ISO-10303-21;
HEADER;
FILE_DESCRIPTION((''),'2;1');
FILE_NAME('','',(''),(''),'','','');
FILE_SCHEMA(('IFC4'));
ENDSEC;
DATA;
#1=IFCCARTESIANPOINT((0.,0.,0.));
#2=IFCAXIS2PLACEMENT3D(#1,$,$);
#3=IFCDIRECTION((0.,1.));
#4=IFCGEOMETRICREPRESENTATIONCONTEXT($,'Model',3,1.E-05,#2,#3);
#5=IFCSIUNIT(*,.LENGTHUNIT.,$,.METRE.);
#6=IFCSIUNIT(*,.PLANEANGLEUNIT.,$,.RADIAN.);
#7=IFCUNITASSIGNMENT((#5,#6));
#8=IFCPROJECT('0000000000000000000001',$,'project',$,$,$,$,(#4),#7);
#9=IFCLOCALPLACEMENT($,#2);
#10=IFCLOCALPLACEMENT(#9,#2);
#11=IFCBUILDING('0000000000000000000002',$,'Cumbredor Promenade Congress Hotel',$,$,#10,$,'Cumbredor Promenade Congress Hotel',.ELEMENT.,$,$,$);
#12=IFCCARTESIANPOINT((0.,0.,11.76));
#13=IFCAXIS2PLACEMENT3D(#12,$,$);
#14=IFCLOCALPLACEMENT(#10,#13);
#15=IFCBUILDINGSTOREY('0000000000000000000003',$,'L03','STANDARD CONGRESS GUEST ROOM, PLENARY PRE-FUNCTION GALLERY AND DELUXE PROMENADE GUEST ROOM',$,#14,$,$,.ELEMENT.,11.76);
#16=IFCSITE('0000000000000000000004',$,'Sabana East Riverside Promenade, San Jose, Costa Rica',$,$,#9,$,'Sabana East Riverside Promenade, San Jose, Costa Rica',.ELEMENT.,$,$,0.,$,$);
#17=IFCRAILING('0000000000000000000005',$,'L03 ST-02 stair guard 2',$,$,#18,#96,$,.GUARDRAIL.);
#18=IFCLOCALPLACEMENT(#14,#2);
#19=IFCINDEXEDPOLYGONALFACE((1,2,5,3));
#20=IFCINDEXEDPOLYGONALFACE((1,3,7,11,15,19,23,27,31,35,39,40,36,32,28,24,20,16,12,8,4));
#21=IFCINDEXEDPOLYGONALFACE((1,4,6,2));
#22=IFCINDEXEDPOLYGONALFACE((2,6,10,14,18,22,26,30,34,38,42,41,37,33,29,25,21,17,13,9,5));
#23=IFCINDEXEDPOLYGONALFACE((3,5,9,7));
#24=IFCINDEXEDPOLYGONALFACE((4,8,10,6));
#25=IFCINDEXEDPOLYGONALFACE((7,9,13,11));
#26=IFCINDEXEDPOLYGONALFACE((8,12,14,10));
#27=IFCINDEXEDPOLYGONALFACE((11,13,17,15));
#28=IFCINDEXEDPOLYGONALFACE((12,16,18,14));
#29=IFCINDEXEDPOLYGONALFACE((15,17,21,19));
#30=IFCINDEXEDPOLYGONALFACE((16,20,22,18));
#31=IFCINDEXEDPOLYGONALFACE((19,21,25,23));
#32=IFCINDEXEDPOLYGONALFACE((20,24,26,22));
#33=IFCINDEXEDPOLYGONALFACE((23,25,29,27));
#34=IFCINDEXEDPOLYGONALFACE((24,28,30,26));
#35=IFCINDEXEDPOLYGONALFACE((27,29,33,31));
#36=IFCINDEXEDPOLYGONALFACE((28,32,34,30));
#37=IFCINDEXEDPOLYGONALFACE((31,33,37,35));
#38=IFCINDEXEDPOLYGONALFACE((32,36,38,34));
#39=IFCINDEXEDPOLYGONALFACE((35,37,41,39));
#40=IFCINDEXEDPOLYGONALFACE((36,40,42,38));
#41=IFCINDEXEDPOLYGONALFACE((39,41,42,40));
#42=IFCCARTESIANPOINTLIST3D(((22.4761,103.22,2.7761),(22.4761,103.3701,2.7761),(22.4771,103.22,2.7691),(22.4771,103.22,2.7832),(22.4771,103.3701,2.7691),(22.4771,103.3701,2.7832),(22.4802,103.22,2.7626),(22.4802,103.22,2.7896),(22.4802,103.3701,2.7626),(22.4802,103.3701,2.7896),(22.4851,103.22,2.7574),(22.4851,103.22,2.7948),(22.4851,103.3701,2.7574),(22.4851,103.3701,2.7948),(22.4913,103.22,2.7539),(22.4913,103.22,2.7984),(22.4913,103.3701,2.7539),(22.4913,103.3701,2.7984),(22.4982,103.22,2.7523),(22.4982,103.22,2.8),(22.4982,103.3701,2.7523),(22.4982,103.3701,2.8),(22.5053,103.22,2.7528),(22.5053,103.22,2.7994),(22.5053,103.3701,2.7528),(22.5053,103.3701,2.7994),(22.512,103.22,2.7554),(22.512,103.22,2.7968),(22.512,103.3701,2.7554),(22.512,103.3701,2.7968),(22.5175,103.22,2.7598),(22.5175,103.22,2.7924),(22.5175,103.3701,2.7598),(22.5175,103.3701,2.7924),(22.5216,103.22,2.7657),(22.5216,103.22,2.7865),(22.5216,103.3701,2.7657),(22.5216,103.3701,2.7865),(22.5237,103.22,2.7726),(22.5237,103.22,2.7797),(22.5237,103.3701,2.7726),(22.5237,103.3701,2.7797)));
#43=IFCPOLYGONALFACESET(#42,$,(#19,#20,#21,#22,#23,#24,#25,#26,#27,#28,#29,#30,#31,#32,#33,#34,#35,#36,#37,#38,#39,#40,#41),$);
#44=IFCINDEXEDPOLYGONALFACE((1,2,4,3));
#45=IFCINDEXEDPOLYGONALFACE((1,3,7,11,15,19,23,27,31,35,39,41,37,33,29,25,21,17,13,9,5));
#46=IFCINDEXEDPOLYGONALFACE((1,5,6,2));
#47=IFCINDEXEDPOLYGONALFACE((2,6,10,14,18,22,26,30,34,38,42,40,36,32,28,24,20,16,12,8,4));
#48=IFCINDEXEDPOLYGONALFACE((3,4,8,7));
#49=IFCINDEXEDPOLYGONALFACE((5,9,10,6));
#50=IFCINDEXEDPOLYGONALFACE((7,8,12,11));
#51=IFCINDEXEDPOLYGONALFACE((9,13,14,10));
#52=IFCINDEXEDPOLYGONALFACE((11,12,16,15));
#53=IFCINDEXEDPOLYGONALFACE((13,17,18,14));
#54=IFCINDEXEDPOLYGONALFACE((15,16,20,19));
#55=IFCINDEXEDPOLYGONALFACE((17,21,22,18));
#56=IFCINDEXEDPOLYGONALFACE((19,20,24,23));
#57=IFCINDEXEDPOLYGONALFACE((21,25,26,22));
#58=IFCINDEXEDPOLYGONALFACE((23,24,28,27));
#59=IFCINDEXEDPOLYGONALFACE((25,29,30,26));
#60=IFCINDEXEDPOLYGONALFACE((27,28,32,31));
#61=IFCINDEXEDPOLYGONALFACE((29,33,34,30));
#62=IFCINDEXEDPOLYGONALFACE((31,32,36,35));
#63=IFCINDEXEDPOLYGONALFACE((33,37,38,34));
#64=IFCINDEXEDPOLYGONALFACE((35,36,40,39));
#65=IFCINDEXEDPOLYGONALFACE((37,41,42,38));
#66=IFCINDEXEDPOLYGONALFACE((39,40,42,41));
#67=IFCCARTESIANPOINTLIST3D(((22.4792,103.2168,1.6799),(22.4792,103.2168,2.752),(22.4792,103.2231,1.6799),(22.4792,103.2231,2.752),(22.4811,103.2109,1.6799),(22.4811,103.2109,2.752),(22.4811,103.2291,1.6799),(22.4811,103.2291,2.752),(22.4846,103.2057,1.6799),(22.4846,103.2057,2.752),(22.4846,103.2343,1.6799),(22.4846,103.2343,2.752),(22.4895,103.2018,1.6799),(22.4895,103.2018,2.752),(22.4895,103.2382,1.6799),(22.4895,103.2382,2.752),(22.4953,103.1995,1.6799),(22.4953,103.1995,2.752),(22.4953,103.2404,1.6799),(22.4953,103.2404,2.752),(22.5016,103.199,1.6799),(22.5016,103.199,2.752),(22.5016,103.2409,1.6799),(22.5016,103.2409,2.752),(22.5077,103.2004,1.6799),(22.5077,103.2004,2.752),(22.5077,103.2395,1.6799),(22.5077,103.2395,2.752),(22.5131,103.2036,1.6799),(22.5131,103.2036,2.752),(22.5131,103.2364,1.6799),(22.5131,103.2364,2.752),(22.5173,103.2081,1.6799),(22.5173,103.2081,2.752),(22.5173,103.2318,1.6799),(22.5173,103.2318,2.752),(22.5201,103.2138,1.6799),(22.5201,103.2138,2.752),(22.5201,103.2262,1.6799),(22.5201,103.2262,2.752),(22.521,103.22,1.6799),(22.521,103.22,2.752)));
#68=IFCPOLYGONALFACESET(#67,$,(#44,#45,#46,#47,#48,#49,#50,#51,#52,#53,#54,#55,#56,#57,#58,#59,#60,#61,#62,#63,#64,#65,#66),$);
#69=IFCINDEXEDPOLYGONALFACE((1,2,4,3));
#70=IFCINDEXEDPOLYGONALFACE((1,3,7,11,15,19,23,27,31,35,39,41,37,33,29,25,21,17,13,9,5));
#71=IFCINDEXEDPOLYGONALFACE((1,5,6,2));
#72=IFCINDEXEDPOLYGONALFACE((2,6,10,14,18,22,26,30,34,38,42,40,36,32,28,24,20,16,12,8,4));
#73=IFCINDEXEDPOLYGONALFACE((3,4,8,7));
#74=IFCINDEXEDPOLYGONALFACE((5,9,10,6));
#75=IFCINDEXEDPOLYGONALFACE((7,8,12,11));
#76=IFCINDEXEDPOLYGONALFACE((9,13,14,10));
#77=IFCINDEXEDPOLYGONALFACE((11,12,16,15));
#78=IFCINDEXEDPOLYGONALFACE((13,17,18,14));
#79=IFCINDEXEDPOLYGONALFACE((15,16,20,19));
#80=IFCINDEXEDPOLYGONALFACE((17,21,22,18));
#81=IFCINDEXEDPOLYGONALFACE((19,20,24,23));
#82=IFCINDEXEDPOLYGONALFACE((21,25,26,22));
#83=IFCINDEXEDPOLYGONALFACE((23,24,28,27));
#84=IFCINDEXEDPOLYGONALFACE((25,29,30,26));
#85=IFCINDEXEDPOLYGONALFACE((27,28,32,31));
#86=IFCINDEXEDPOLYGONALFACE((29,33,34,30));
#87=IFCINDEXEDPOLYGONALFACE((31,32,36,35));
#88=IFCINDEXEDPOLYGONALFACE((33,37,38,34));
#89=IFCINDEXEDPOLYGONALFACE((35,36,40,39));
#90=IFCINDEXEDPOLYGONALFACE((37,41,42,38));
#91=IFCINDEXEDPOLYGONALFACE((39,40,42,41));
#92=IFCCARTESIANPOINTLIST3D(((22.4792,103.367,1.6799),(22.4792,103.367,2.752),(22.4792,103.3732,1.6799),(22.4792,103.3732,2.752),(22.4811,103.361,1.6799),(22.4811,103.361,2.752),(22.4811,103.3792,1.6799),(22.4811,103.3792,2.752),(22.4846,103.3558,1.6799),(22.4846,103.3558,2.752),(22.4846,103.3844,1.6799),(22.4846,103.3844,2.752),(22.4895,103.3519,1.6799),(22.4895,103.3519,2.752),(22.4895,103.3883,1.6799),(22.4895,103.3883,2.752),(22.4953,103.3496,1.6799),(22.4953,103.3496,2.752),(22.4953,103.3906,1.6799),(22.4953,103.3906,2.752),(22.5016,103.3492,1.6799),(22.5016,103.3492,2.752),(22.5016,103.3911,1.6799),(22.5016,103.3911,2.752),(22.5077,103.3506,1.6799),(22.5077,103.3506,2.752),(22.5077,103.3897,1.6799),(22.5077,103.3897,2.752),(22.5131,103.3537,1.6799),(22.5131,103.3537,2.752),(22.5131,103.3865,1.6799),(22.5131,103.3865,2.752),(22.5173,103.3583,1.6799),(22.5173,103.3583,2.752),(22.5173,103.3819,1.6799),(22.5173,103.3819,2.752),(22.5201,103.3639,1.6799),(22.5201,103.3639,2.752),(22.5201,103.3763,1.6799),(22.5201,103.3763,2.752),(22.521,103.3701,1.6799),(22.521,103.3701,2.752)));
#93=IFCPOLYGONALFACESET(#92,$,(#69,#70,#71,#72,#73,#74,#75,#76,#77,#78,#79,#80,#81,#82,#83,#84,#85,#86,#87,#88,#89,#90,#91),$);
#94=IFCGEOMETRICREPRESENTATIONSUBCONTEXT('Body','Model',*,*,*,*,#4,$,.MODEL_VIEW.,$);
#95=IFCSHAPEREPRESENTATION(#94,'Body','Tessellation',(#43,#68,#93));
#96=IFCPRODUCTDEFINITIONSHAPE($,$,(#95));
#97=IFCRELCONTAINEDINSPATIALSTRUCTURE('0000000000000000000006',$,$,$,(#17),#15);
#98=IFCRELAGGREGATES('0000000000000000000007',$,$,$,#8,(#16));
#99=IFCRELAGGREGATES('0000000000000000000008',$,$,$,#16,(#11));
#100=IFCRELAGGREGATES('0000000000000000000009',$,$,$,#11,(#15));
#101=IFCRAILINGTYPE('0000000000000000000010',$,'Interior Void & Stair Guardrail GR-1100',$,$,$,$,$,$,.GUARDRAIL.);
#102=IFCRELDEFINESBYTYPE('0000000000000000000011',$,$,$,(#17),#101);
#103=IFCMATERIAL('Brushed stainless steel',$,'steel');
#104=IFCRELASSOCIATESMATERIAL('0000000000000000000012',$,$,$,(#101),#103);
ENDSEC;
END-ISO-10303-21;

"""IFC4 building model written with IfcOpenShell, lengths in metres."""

from ifc_helpers import new_model, si_unit, direction, frame, origin, origin_2d, place, context, subcontext, project, spatial, circle, extrude, material, type_object, element, save


model = new_model("IFC4")

# Units and contexts
model_context = context("Model", 3, precision=1e-05, world=origin(), true_north=direction((0.0, 1.0)))
body_context = subcontext(model_context, "Body", "Model", "MODEL_VIEW")
ifc_project = project(units=[si_unit("LENGTHUNIT", "METRE"), si_unit("PLANEANGLEUNIT", "RADIAN")], contexts=[model_context])

# Site, building, storey
site_placement = place(None, origin())
site = spatial("IfcSite", under=ifc_project, at=site_placement, Name="Sabana East Riverside Promenade, San Jose, Costa Rica", LongName="Sabana East Riverside Promenade, San Jose, Costa Rica", CompositionType="ELEMENT", RefElevation=0.0)
building_placement = place(site_placement, origin())
building = spatial("IfcBuilding", under=site, at=building_placement, Name="Cumbredor Promenade Congress Hotel", LongName="Cumbredor Promenade Congress Hotel", CompositionType="ELEMENT")
storey_placement = place(building_placement, frame((0.0, 0.0, 11.76)))
storey = spatial("IfcBuildingStorey", under=building, at=storey_placement, Name="L03", Description="STANDARD CONGRESS GUEST ROOM, PLENARY PRE-FUNCTION GALLERY AND DELUXE PROMENADE GUEST ROOM", CompositionType="ELEMENT", Elevation=11.76)

# Shared definitions
ifc_material_1 = material(Name="Brushed stainless steel", Category="steel")

# Railing
railing_type_1 = type_object("IfcRailingType", Name="Interior Void & Stair Guardrail GR-1100", PredefinedType="GUARDRAIL", material=ifc_material_1)
railing_1_placement = place(storey_placement, frame((22.5, 103.22, 1.6799)))
element("IfcRailing", 1, at=railing_1_placement, inside=storey, type_object=railing_type_1, Name="L03 ST-02 stair guard 2", PredefinedType="GUARDRAIL", context=body_context, shape_type="SweptSolid", body=[
    extrude(circle(Radius=0.0239, at=origin_2d()), frame((0.0, 0.0, 1.0962), z_axis=(0.0, 1.0, 0.0), x_axis=(-1.0, 0.0, 0.0)), (0.0, 0.0, 1.0), 0.1501),
    extrude(circle(Radius=0.021, at=origin_2d()), origin(), (0.0, 0.0, 1.0), 1.072),
    extrude(circle(Radius=0.021, at=origin_2d()), frame((0.0, 0.1501, 0.0)), (0.0, 0.0, 1.0), 1.072),
])

save(model, "model.ifc")
